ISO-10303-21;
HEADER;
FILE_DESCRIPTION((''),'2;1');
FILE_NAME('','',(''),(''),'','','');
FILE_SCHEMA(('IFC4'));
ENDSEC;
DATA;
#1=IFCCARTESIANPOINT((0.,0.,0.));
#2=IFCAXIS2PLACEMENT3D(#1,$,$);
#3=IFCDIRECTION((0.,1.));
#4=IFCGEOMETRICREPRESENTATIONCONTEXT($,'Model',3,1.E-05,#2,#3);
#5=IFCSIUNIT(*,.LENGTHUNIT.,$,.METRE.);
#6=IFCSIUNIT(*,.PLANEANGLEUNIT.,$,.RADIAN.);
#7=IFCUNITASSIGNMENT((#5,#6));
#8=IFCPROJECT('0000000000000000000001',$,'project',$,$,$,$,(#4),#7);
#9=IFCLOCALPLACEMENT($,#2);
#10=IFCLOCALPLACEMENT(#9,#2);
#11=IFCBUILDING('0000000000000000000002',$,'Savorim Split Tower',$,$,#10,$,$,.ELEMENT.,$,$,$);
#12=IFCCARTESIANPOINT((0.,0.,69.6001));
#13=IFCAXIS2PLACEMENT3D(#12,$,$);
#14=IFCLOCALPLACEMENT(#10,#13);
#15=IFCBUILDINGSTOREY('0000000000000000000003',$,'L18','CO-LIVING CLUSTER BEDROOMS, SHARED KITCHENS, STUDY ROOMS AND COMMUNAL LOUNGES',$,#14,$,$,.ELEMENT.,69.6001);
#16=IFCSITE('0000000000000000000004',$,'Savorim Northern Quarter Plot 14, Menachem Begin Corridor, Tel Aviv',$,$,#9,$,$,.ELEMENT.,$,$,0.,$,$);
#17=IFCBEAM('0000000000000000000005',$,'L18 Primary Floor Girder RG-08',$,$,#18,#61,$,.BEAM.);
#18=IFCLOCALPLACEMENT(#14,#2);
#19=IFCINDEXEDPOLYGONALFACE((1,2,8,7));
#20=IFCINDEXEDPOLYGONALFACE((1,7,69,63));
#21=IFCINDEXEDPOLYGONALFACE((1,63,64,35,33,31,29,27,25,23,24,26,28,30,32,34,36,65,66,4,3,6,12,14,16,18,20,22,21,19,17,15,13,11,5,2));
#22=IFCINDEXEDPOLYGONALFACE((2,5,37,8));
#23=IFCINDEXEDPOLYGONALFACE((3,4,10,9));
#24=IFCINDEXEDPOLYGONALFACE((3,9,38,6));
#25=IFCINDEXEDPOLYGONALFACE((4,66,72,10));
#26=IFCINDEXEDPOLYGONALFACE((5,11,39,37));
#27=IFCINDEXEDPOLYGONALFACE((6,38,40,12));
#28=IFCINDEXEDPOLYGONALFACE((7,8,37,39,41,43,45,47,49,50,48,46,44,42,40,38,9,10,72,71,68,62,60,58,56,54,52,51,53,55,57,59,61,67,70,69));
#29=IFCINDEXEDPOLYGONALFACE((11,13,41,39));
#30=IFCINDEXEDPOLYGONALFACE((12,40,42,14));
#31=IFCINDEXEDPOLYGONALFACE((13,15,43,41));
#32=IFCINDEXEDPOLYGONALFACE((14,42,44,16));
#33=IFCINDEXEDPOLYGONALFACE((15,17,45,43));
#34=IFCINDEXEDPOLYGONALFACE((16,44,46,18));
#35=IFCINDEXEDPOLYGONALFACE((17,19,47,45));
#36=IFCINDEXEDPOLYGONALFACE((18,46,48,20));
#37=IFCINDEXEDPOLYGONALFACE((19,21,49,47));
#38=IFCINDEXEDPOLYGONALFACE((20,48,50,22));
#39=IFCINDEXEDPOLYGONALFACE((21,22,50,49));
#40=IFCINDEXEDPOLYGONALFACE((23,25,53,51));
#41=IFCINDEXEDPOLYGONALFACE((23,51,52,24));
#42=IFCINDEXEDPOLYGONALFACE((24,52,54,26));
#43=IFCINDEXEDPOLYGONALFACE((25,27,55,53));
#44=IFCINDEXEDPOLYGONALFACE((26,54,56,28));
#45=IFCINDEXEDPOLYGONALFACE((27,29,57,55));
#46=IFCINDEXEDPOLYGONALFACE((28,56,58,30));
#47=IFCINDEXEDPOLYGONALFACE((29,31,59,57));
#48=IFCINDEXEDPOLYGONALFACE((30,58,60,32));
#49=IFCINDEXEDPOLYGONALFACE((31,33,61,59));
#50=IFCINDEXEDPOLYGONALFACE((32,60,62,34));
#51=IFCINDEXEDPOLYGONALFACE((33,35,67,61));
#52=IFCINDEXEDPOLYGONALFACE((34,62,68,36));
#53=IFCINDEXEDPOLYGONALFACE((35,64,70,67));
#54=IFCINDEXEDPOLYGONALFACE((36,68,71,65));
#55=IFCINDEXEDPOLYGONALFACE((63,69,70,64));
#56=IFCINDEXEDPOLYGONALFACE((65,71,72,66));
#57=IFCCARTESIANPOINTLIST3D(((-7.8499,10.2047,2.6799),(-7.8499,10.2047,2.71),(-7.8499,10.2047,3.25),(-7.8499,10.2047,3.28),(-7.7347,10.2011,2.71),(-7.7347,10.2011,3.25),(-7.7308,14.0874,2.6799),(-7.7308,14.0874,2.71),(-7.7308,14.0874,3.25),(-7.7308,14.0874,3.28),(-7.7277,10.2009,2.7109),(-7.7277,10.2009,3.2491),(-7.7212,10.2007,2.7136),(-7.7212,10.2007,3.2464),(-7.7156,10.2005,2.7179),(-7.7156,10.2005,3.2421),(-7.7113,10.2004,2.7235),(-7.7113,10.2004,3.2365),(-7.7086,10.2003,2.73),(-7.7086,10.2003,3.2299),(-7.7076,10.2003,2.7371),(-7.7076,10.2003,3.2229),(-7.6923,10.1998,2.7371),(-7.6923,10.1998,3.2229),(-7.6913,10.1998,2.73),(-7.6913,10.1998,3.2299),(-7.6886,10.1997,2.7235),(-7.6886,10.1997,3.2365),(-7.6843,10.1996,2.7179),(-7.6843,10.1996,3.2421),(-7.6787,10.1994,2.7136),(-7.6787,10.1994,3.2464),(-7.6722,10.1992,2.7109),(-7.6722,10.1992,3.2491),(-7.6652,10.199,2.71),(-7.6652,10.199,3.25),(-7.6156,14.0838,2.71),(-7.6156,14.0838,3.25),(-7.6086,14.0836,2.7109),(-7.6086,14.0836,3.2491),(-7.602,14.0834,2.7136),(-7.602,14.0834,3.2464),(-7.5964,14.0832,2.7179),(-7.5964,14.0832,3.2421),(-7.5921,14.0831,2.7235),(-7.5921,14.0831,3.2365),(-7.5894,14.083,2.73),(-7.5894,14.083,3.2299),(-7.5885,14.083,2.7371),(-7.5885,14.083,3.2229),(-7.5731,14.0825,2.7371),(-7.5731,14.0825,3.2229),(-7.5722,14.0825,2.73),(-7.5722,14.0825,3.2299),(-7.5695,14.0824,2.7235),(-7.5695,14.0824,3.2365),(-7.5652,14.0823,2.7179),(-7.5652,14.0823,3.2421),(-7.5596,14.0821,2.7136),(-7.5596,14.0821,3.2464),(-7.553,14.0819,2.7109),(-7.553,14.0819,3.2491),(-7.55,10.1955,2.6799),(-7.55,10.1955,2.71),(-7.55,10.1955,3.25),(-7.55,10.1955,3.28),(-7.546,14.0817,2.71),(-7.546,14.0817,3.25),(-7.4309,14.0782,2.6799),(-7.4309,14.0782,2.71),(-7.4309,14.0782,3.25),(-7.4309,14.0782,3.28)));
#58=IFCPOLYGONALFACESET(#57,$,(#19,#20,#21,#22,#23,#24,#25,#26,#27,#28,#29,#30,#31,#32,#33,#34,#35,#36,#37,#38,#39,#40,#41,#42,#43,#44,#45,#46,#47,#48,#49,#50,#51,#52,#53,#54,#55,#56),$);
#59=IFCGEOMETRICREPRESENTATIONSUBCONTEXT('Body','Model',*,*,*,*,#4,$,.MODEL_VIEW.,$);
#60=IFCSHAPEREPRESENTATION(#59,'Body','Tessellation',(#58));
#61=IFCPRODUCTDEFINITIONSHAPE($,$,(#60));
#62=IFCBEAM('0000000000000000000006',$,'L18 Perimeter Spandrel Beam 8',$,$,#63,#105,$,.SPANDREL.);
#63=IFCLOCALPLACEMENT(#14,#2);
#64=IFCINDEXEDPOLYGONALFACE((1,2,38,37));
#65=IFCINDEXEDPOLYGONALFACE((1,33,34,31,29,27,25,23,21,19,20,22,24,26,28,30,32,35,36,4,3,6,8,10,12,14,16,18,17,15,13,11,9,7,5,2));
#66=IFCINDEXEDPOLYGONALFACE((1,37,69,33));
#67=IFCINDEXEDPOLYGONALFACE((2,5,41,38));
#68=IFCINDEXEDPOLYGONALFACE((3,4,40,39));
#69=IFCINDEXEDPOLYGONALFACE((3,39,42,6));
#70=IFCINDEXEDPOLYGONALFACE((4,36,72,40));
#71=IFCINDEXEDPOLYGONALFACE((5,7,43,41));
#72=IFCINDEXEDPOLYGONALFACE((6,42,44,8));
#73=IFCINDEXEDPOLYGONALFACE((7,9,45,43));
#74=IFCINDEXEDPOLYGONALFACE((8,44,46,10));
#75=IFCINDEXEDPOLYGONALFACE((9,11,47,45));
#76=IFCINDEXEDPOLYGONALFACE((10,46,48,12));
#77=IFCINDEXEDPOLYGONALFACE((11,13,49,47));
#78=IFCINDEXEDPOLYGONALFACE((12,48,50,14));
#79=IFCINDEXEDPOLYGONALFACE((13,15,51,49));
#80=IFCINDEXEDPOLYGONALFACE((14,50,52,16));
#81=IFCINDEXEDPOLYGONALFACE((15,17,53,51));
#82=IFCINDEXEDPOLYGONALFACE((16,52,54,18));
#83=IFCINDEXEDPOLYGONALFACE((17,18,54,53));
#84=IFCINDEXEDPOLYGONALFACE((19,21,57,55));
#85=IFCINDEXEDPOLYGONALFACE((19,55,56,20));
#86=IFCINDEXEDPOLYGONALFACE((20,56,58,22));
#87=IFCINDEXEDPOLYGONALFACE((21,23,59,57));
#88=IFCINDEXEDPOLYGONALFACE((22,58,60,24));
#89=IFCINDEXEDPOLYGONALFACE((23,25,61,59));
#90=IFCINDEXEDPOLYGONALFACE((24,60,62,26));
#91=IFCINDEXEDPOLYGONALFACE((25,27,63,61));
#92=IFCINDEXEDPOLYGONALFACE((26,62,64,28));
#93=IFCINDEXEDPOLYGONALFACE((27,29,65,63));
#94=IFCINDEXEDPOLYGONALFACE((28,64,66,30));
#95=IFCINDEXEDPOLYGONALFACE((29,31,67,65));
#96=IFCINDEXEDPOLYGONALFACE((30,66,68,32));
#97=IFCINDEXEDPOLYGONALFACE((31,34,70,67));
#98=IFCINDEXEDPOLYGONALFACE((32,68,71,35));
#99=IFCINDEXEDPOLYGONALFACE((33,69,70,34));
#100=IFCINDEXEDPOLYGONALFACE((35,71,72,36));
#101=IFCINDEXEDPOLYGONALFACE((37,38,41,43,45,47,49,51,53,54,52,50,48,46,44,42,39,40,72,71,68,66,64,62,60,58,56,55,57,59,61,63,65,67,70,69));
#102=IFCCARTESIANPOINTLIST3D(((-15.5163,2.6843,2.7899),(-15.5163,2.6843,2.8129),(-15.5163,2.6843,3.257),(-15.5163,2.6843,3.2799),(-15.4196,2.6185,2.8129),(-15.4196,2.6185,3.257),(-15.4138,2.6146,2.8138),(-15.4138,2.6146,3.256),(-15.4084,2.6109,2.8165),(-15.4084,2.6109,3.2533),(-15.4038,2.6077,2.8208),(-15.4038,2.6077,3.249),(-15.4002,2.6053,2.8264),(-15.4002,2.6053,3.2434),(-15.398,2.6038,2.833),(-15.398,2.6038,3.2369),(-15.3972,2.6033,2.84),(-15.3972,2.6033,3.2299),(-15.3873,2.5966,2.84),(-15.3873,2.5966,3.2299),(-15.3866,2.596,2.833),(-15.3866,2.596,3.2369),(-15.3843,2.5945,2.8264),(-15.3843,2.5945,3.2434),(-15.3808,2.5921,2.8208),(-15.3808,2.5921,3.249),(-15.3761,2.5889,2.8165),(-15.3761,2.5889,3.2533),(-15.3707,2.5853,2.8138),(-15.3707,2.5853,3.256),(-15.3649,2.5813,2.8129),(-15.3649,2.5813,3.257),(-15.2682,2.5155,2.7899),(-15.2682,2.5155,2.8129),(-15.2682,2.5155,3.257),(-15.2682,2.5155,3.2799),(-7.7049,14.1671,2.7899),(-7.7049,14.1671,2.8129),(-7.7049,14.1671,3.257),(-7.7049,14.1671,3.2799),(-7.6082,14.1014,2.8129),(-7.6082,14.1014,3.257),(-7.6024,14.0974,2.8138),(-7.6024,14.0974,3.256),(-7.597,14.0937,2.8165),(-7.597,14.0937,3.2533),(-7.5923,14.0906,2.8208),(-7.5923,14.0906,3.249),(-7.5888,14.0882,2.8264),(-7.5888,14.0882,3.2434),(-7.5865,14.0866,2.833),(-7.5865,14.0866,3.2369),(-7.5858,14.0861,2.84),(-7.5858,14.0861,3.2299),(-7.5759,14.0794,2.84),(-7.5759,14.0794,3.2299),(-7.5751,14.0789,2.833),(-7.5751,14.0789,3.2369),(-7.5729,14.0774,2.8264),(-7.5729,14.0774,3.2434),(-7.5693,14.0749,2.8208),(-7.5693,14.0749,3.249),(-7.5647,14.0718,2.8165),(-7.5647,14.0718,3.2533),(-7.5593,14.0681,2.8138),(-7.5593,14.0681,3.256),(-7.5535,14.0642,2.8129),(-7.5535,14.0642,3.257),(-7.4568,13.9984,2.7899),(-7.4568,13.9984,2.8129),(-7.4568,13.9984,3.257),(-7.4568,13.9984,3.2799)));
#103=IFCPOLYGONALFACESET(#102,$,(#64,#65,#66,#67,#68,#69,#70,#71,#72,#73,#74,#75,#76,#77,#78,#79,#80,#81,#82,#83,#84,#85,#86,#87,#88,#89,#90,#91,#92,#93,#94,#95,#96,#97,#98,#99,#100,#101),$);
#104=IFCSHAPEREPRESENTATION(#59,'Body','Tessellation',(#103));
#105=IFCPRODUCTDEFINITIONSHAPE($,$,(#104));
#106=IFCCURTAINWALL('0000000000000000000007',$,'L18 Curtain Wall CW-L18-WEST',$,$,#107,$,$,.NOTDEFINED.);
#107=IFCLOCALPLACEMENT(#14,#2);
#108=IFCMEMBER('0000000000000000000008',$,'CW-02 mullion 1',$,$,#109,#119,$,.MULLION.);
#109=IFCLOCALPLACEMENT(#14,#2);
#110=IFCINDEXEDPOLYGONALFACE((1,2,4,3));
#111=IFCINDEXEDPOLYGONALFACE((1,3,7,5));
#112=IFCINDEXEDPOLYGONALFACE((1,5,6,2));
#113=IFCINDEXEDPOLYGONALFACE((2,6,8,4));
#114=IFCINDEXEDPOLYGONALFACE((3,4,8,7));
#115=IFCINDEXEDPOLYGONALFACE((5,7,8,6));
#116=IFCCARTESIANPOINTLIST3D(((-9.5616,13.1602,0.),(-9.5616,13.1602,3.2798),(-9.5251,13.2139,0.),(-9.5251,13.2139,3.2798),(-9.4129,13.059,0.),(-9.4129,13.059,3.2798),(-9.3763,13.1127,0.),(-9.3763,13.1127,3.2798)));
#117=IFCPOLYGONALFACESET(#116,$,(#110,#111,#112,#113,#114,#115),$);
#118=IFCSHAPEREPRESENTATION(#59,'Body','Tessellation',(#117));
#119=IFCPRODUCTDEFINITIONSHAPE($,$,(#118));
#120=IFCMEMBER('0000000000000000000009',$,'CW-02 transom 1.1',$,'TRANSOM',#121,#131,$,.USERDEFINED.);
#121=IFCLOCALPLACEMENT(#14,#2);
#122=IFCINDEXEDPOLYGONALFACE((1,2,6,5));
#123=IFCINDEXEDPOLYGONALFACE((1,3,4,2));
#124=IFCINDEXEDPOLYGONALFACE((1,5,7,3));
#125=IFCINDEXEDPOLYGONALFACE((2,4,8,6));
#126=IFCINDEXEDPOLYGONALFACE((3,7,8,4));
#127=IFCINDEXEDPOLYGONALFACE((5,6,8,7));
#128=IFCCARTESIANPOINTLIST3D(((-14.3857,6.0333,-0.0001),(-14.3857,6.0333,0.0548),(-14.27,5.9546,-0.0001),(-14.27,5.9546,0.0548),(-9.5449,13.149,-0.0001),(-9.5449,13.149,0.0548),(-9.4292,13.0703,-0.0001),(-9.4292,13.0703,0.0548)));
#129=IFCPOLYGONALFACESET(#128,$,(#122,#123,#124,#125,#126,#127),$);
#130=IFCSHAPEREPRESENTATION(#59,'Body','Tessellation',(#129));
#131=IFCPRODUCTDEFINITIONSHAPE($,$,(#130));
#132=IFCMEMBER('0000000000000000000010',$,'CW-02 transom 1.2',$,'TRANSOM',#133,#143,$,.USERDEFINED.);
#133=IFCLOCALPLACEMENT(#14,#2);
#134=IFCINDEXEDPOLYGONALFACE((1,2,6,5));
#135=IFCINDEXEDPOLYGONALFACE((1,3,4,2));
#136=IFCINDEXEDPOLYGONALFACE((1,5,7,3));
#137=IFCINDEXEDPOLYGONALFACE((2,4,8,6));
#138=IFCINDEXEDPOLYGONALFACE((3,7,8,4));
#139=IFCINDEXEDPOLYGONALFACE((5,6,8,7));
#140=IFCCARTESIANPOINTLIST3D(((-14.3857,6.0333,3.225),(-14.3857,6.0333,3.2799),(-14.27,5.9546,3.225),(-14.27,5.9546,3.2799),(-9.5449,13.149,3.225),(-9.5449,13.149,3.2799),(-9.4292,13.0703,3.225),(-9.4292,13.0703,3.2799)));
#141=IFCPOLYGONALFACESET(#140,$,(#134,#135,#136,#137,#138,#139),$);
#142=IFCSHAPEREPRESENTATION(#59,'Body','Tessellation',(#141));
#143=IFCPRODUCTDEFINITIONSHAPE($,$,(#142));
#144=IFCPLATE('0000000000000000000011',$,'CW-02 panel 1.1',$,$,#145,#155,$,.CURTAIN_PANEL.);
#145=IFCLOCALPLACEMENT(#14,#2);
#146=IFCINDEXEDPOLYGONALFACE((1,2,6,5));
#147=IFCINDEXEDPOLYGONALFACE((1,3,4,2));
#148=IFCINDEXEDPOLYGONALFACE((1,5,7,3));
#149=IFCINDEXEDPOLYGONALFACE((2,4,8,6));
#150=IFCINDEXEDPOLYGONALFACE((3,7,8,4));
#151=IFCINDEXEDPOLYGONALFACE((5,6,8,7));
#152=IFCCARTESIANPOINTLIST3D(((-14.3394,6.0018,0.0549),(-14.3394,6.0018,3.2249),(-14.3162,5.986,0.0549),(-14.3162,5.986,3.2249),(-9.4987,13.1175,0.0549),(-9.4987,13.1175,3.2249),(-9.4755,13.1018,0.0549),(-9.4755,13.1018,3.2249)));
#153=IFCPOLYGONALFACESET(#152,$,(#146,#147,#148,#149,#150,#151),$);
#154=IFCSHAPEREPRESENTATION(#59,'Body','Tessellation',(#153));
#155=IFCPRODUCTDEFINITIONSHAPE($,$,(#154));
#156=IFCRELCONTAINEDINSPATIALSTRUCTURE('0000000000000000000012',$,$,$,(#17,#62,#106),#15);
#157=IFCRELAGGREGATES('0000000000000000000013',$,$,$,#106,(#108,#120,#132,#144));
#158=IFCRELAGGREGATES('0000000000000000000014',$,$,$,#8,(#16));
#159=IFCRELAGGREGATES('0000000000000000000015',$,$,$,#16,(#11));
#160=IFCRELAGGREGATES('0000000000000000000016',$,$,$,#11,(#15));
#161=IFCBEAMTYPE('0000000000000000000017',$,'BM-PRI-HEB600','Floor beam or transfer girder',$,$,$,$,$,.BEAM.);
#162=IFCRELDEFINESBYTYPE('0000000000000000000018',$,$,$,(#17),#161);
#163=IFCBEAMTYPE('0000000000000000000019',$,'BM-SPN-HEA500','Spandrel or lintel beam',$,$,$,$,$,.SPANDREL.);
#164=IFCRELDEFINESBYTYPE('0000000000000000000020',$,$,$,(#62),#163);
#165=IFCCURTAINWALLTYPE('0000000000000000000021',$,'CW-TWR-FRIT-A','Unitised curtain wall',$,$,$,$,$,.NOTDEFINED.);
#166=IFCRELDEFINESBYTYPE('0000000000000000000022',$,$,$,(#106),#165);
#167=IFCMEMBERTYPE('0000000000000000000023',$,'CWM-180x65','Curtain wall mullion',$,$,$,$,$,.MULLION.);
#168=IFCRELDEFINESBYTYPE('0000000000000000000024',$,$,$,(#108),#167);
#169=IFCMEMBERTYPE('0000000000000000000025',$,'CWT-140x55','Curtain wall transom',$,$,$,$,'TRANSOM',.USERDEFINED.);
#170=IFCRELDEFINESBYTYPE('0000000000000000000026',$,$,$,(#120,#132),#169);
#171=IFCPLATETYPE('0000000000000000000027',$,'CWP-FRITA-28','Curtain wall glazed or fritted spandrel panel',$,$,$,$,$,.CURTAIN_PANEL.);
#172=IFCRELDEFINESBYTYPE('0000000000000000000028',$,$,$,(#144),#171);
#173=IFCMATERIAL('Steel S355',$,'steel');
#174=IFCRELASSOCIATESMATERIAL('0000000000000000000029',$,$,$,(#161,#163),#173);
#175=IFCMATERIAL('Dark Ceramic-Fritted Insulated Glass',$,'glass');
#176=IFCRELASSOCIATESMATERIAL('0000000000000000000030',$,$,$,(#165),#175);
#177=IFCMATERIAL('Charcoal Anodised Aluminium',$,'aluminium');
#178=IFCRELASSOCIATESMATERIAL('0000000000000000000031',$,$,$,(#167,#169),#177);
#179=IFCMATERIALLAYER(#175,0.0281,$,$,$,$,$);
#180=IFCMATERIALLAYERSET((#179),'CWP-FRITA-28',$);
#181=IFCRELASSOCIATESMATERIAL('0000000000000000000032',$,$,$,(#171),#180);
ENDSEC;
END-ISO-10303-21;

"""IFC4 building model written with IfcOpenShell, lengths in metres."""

from ifc_helpers import new_model, si_unit, direction, frame, origin, origin_2d, place, context, subcontext, project, spatial, rectangle, i_section, extrude, material, layer, layer_set, material_profile, profile_set, type_object, element, aggregate, save


model = new_model("IFC4")

# Units and contexts
model_context = context("Model", 3, precision=1e-05, world=origin(), true_north=direction((0.0, 1.0)))
body_context = subcontext(model_context, "Body", "Model", "MODEL_VIEW")
ifc_project = project(units=[si_unit("LENGTHUNIT", "METRE"), si_unit("PLANEANGLEUNIT", "RADIAN")], contexts=[model_context])

# Site, building, storey
site_placement = place(None, origin())
site = spatial("IfcSite", under=ifc_project, at=site_placement, Name="Savorim Northern Quarter Plot 14, Menachem Begin Corridor, Tel Aviv", CompositionType="ELEMENT", RefElevation=0.0)
building_placement = place(site_placement, origin())
building = spatial("IfcBuilding", under=site, at=building_placement, Name="Savorim Split Tower", CompositionType="ELEMENT")
storey_placement = place(building_placement, frame((0.0, 0.0, 69.6001)))
storey = spatial("IfcBuildingStorey", under=building, at=storey_placement, Name="L18", Description="CO-LIVING CLUSTER BEDROOMS, SHARED KITCHENS, STUDY ROOMS AND COMMUNAL LOUNGES", CompositionType="ELEMENT", Elevation=69.6001)

# Beams
ifc_material_1 = material(Name="Steel S355", Category="steel")
ifc_material_profile_1 = material_profile(ifc_material_1, i_section(OverallWidth=0.3, OverallDepth=0.6001, WebThickness=0.0154, FlangeThickness=0.03, FilletRadius=0.0271, at=origin_2d()), Name="HEB 600")
ifc_profile_set_1 = profile_set([ifc_material_profile_1], Name="Steel S355")
beam_type_1 = type_object("IfcBeamType", Name="BM-PRI-HEB600", Description="Floor beam or transfer girder", PredefinedType="BEAM", material=ifc_profile_set_1)
beam_1_placement = place(storey_placement, frame((-7.5808, 14.0828, 2.98), z_axis=(-0.03067, -0.99953, 0.0), x_axis=(0.99953, -0.03067, 0.0)))
element("IfcBeam", 1, at=beam_1_placement, inside=storey, type_object=beam_type_1, Name="L18 Primary Floor Girder RG-08", PredefinedType="BEAM", context=body_context, shape_type="SweptSolid", body=[
    extrude(i_section(OverallWidth=0.3, OverallDepth=0.6001, WebThickness=0.0154, FlangeThickness=0.03, FilletRadius=0.0271, at=origin_2d()), origin(), (0.0, 0.0, 1.0), 3.8845),
])
ifc_material_profile_2 = material_profile(ifc_material_1, i_section(OverallWidth=0.3, OverallDepth=0.49, WebThickness=0.012, FlangeThickness=0.0229, FilletRadius=0.0271, at=origin_2d()), Name="HEA 500")
ifc_profile_set_2 = profile_set([ifc_material_profile_2], Name="Steel S355")
beam_type_2 = type_object("IfcBeamType", Name="BM-SPN-HEA500", Description="Spandrel or lintel beam", PredefinedType="SPANDREL", material=ifc_profile_set_2)
beam_2_placement = place(storey_placement, frame((-7.5808, 14.0828, 3.0349), z_axis=(-0.562465, -0.826821, 0.0), x_axis=(0.826821, -0.562465, 0.0)))
element("IfcBeam", 2, at=beam_2_placement, inside=storey, type_object=beam_type_2, Name="L18 Perimeter Spandrel Beam 8", PredefinedType="SPANDREL", context=body_context, shape_type="SweptSolid", body=[
    extrude(i_section(OverallWidth=0.3, OverallDepth=0.49, WebThickness=0.012, FlangeThickness=0.0229, FilletRadius=0.0271, at=origin_2d()), origin(), (0.0, 0.0, 1.0), 13.8879),
])

# Curtain wall, members, plate
ifc_material_2 = material(Name="Dark Ceramic-Fritted Insulated Glass", Category="glass")
curtain_wall_type = type_object("IfcCurtainWallType", Name="CW-TWR-FRIT-A", Description="Unitised curtain wall", PredefinedType="NOTDEFINED", material=ifc_material_2)
curtain_wall_placement = place(storey_placement, origin())
curtain_wall = element("IfcCurtainWall", 3, at=curtain_wall_placement, inside=storey, type_object=curtain_wall_type, Name="L18 Curtain Wall CW-L18-WEST", PredefinedType="NOTDEFINED")
ifc_material_3 = material(Name="Charcoal Anodised Aluminium", Category="aluminium")
ifc_material_profile_3 = material_profile(ifc_material_3, rectangle(XDim=0.1799, YDim=0.0649, at=origin_2d()), Name="ALU-M 180x65")
ifc_profile_set_3 = profile_set([ifc_material_profile_3], Name="Charcoal Anodised Aluminium")
member_type_1 = type_object("IfcMemberType", Name="CWM-180x65", Description="Curtain wall mullion", PredefinedType="MULLION", material=ifc_profile_set_3)
member_1_placement = place(storey_placement, frame((-9.469, 13.1365, 0.0), z_axis=(0.0, 0.0, 1.0), x_axis=(0.82682, -0.562466, 0.0)))
member_1 = element("IfcMember", 4, at=member_1_placement, type_object=member_type_1, Name="CW-02 mullion 1", PredefinedType="MULLION", context=body_context, shape_type="SweptSolid", body=[
    extrude(rectangle(XDim=0.1799, YDim=0.0649, at=origin_2d()), origin(), (0.0, 0.0, 1.0), 3.2798),
])
ifc_material_profile_4 = material_profile(ifc_material_3, rectangle(XDim=0.1399, YDim=0.0549, at=origin_2d()), Name="ALU-T 140x55")
ifc_profile_set_4 = profile_set([ifc_material_profile_4], Name="Charcoal Anodised Aluminium")
member_type_2 = type_object("IfcMemberType", Name="CWT-140x55", Description="Curtain wall transom", ElementType="TRANSOM", PredefinedType="USERDEFINED", material=ifc_profile_set_4)
member_2_placement = place(storey_placement, frame((-9.4871, 13.1096, 0.0273), z_axis=(-0.562479, -0.826811, 0.0), x_axis=(0.826811, -0.562479, 0.0)))
member_2 = element("IfcMember", 5, at=member_2_placement, type_object=member_type_2, Name="CW-02 transom 1.1", ObjectType="TRANSOM", PredefinedType="USERDEFINED", context=body_context, shape_type="SweptSolid", body=[
    extrude(rectangle(XDim=0.1399, YDim=0.0549, at=origin_2d()), origin(), (0.0, 0.0, 1.0), 8.6062),
])
member_3_placement = place(storey_placement, frame((-9.4871, 13.1096, 3.2524), z_axis=(-0.562479, -0.826811, 0.0), x_axis=(0.826811, -0.562479, 0.0)))
member_3 = element("IfcMember", 6, at=member_3_placement, type_object=member_type_2, Name="CW-02 transom 1.2", ObjectType="TRANSOM", PredefinedType="USERDEFINED", context=body_context, shape_type="SweptSolid", body=[
    extrude(rectangle(XDim=0.1399, YDim=0.0549, at=origin_2d()), origin(), (0.0, 0.0, 1.0), 8.6062),
])
ifc_layer_1 = layer(ifc_material_2, 0.0281)
ifc_layer_set_1 = layer_set([ifc_layer_1], Name="CWP-FRITA-28")
plate_type = type_object("IfcPlateType", Name="CWP-FRITA-28", Description="Curtain wall glazed or fritted spandrel panel", PredefinedType="CURTAIN_PANEL", material=ifc_layer_set_1)
plate_placement = place(storey_placement, frame((-11.9075, 9.5518, 0.0549), z_axis=(0.0, 0.0, 1.0), x_axis=(-0.562466, -0.82682, 0.0)))
plate = element("IfcPlate", 7, at=plate_placement, type_object=plate_type, Name="CW-02 panel 1.1", PredefinedType="CURTAIN_PANEL", context=body_context, shape_type="SweptSolid", body=[
    extrude(rectangle(XDim=8.6062, YDim=0.0281, at=origin_2d()), origin(), (0.0, 0.0, 1.0), 3.1699),
])
aggregate(curtain_wall, [member_1, member_2, member_3, plate])

save(model, "model.ifc")
